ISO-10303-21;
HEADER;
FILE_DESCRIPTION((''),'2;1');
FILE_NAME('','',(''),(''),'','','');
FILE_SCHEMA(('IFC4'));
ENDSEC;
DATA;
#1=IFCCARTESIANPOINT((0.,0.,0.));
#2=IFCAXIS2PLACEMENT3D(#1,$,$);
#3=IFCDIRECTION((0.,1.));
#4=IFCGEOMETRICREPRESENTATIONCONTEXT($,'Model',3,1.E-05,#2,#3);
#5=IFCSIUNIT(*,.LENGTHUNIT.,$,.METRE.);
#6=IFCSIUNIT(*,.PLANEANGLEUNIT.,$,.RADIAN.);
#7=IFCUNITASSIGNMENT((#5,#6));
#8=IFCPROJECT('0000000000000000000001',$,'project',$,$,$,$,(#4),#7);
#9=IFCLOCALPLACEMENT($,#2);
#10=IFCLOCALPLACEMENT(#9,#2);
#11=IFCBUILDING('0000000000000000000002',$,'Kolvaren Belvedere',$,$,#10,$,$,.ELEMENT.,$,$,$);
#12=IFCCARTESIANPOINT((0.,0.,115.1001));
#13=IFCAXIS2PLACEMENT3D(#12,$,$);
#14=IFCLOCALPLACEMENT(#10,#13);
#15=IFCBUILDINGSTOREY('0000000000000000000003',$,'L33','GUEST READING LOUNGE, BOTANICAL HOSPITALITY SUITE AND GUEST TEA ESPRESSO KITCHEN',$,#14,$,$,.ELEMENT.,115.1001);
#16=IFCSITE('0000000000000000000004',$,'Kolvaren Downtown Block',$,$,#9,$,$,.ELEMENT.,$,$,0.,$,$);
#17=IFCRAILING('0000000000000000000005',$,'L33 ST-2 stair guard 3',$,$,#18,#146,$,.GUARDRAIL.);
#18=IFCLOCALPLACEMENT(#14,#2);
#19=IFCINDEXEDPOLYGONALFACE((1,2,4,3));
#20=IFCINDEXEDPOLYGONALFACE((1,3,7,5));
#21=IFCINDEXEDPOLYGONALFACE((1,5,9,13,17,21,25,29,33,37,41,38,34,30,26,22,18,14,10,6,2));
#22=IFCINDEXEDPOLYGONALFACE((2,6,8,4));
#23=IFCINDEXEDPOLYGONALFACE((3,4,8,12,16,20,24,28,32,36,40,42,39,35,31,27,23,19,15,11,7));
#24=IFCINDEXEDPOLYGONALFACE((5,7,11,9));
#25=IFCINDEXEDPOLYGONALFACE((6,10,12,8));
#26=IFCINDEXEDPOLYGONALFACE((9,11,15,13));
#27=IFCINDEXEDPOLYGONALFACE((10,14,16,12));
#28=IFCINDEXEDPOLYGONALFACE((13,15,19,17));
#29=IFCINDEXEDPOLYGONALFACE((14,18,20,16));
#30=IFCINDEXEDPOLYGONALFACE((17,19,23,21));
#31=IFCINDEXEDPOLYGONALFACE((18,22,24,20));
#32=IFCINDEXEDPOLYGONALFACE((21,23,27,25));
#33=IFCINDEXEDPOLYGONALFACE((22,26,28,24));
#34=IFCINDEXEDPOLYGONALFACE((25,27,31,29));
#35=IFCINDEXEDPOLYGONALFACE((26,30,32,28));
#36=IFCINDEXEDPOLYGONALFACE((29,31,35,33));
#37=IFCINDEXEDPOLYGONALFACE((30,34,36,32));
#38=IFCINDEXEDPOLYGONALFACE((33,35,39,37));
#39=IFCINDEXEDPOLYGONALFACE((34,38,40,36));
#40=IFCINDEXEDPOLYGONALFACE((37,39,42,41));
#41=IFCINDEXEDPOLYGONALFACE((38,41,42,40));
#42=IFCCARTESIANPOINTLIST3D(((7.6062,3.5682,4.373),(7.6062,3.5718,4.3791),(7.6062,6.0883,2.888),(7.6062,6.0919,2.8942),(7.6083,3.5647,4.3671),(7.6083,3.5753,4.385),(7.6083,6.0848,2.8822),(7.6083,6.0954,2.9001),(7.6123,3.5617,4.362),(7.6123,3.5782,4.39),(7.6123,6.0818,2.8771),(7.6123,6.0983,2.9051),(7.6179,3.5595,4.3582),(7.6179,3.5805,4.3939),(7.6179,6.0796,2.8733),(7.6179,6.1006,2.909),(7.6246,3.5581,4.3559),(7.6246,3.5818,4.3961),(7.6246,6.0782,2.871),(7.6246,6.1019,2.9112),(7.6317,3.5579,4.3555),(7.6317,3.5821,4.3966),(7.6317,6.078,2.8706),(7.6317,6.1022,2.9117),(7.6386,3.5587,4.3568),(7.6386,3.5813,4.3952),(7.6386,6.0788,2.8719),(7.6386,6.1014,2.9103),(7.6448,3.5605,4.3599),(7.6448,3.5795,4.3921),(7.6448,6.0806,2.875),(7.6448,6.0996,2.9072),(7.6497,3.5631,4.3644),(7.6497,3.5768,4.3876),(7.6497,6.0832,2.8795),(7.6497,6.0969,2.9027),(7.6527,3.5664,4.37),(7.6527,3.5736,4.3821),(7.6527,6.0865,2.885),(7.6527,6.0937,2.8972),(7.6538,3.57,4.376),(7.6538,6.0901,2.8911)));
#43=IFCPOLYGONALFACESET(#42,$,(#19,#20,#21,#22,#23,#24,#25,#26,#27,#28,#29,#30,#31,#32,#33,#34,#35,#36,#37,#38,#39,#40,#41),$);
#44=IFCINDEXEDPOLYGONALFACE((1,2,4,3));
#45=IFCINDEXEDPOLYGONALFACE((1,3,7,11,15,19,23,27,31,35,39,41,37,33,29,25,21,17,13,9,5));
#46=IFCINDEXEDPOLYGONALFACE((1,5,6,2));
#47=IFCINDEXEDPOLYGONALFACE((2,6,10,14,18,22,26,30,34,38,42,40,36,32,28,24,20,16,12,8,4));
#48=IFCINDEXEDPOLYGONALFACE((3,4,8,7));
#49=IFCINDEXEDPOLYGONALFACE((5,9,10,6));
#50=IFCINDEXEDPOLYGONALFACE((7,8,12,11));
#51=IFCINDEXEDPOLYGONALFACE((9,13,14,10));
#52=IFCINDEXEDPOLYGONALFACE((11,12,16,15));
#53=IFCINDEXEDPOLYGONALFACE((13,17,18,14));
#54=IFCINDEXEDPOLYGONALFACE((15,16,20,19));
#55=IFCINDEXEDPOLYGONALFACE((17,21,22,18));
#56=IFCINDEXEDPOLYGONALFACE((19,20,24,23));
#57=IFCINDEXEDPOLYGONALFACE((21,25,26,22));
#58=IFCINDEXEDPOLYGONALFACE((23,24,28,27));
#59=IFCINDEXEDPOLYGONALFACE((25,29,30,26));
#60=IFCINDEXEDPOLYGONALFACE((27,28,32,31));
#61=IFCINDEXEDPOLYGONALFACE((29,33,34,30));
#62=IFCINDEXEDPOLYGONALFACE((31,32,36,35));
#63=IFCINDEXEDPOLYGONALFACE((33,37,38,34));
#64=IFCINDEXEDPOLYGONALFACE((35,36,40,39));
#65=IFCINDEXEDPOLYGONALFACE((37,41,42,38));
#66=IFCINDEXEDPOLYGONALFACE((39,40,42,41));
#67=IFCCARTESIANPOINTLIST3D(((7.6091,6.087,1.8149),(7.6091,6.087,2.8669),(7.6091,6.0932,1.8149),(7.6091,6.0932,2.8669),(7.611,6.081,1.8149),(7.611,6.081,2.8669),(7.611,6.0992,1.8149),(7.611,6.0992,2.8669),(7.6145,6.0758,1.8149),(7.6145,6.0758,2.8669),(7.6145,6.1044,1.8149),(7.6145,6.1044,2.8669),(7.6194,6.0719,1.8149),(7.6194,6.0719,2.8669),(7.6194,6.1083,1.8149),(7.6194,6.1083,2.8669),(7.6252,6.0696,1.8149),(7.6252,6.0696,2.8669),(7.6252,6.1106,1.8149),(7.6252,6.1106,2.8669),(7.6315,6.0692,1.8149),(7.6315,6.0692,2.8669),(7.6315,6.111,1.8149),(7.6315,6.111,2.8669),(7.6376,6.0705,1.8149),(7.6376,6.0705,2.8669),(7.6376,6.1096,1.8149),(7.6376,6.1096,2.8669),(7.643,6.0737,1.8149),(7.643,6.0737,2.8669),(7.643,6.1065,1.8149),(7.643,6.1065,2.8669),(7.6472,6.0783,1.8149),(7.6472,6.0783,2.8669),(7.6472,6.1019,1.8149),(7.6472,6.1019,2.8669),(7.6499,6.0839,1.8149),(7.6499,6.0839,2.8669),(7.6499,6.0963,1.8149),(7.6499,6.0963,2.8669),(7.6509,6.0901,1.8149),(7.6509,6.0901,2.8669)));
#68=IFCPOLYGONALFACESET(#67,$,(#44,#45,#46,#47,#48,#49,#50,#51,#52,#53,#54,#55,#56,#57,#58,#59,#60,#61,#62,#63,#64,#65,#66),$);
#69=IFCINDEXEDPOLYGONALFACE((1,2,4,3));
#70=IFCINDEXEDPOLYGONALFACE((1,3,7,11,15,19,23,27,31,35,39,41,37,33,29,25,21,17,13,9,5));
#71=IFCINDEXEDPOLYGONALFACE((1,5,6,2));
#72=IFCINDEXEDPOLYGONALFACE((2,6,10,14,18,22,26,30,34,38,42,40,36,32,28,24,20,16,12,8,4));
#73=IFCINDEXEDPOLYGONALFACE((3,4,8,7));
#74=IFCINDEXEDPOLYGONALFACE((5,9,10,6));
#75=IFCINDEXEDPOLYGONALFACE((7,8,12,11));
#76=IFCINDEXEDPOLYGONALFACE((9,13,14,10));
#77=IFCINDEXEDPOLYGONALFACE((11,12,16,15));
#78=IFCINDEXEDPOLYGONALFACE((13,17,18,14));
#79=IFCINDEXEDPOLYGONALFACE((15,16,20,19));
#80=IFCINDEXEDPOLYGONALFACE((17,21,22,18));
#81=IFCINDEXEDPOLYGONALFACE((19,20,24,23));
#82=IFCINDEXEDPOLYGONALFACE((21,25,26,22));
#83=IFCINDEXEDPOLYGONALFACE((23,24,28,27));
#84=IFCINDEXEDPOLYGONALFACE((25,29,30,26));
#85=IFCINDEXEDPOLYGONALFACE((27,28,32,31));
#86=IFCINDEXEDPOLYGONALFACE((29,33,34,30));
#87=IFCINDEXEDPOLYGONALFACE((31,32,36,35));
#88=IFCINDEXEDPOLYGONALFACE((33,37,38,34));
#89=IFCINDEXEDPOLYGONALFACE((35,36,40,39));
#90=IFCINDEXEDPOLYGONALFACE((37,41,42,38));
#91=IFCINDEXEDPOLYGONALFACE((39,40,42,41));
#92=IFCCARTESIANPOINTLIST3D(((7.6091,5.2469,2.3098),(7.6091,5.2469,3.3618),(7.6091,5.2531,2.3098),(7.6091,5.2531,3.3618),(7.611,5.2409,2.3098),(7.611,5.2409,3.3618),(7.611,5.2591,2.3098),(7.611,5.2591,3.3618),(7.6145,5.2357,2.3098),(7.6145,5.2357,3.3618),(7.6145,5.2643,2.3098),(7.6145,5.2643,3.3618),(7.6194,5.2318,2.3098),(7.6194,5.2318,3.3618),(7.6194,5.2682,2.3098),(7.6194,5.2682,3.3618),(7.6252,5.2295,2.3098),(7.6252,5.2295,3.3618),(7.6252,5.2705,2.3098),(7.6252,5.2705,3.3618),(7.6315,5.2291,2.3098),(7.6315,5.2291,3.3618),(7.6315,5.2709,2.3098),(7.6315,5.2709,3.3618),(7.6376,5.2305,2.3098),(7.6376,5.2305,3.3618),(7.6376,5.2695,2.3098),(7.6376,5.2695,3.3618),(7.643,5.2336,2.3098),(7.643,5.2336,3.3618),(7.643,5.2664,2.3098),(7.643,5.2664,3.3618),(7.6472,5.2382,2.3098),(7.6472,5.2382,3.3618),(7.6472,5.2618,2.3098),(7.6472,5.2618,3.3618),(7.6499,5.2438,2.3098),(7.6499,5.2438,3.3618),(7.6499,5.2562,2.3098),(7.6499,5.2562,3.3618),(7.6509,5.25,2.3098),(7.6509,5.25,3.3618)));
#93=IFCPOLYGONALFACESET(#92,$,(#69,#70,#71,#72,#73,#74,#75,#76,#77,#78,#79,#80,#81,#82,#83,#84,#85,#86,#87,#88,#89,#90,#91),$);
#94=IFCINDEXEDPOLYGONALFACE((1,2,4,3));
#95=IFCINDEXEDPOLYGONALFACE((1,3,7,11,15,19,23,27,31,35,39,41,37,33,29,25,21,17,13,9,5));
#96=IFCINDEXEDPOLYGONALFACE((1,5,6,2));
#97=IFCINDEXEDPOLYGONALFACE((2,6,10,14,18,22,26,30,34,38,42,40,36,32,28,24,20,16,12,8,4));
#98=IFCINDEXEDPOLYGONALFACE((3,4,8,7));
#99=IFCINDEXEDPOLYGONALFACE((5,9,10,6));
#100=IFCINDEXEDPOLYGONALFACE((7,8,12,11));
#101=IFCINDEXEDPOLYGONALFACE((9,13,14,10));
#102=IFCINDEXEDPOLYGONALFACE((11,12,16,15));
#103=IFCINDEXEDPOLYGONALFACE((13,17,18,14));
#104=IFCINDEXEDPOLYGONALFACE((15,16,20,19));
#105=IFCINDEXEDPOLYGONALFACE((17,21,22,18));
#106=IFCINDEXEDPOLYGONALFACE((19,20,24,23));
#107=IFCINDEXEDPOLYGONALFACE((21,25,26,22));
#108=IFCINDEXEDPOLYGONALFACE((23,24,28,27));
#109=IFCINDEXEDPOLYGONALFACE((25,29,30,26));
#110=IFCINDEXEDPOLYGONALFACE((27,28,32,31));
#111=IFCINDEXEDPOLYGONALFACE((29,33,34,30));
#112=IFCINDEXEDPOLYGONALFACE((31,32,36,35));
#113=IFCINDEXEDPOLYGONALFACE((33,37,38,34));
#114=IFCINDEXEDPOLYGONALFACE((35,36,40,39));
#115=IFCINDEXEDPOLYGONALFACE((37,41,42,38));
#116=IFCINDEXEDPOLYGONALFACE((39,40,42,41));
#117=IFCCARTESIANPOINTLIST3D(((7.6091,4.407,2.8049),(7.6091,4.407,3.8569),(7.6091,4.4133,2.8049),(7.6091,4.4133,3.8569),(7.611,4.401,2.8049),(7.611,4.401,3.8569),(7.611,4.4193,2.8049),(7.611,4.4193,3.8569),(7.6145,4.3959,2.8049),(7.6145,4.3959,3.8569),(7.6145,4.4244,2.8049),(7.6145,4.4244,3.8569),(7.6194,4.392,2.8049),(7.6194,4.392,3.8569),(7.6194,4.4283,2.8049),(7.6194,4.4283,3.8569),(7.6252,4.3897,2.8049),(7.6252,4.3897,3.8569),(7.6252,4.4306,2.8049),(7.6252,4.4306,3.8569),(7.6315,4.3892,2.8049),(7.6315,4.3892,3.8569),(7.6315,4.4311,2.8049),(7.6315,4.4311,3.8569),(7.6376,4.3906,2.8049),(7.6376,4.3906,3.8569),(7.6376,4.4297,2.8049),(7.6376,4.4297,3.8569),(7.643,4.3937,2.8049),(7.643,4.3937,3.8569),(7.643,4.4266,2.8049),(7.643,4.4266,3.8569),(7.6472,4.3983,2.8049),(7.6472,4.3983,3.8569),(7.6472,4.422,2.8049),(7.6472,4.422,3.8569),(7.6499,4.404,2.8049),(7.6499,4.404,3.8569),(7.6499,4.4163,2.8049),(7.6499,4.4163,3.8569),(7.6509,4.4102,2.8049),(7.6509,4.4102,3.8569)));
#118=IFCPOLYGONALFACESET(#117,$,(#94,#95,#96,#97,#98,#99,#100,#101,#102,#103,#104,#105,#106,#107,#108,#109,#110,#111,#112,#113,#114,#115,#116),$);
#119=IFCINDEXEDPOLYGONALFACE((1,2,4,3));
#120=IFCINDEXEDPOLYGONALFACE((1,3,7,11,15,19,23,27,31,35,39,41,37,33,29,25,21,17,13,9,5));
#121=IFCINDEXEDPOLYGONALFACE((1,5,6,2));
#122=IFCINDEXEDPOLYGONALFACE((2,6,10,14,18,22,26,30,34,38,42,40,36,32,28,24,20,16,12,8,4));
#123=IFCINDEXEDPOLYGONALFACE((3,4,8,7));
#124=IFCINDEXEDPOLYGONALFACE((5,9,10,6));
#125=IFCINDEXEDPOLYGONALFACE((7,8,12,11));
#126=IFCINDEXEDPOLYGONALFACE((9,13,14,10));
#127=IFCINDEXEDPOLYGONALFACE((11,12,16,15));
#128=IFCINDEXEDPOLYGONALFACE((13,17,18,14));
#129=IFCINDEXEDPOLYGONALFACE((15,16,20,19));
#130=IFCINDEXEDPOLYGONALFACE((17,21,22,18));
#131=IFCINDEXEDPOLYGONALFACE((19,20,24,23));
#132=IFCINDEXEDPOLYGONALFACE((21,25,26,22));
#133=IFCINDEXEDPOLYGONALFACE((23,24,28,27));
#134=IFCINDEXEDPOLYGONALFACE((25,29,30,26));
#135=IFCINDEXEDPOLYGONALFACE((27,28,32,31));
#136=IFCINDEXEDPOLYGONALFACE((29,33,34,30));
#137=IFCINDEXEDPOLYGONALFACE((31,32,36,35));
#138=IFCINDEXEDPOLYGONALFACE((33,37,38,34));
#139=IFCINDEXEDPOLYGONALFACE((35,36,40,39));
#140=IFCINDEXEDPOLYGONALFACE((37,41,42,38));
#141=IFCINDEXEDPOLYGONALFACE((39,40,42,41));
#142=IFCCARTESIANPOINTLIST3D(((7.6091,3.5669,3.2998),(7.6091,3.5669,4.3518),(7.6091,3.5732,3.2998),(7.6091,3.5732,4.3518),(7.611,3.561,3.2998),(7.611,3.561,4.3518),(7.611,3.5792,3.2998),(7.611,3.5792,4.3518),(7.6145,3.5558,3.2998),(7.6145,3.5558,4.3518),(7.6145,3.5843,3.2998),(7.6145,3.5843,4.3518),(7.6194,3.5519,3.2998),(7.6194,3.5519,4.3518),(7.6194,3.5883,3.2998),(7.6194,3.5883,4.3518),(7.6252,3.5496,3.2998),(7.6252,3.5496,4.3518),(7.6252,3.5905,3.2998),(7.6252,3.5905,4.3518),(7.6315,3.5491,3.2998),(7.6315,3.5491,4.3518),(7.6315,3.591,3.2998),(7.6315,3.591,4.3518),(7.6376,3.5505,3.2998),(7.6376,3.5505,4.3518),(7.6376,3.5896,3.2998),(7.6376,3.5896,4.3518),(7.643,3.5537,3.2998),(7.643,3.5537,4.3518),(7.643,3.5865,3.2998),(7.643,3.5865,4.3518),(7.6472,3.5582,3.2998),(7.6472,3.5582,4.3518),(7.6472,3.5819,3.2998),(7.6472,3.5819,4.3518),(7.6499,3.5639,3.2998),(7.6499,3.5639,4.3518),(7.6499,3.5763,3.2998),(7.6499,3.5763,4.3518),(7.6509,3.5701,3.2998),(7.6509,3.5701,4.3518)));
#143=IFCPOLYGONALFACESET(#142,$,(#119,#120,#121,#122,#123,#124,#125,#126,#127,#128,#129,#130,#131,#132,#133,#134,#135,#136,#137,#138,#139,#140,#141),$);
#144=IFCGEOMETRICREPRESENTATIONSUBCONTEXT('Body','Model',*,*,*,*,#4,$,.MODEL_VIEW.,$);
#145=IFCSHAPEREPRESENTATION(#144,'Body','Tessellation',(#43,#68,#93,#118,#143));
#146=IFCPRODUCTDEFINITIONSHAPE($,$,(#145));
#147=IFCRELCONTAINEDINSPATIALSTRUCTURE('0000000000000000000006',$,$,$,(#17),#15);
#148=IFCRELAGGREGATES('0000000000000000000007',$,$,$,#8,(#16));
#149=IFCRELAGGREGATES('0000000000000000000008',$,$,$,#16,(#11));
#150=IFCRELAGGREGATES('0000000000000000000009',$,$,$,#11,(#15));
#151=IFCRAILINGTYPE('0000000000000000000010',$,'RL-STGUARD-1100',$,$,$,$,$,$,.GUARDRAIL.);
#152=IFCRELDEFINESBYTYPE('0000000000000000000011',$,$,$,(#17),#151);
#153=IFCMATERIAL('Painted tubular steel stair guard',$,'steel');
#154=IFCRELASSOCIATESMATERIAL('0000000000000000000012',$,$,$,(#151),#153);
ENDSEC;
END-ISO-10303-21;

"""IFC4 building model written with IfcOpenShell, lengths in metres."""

from ifc_helpers import new_model, si_unit, direction, frame, origin, origin_2d, place, context, subcontext, project, spatial, circle, extrude, material, type_object, element, save


model = new_model("IFC4")

# Units and contexts
model_context = context("Model", 3, precision=1e-05, world=origin(), true_north=direction((0.0, 1.0)))
body_context = subcontext(model_context, "Body", "Model", "MODEL_VIEW")
ifc_project = project(units=[si_unit("LENGTHUNIT", "METRE"), si_unit("PLANEANGLEUNIT", "RADIAN")], contexts=[model_context])

# Site, building, storey
site_placement = place(None, origin())
site = spatial("IfcSite", under=ifc_project, at=site_placement, Name="Kolvaren Downtown Block", CompositionType="ELEMENT", RefElevation=0.0)
building_placement = place(site_placement, origin())
building = spatial("IfcBuilding", under=site, at=building_placement, Name="Kolvaren Belvedere", CompositionType="ELEMENT")
storey_placement = place(building_placement, frame((0.0, 0.0, 115.1001)))
storey = spatial("IfcBuildingStorey", under=building, at=storey_placement, Name="L33", Description="GUEST READING LOUNGE, BOTANICAL HOSPITALITY SUITE AND GUEST TEA ESPRESSO KITCHEN", CompositionType="ELEMENT", Elevation=115.1001)

# Railing
ifc_material_1 = material(Name="Painted tubular steel stair guard", Category="steel")
railing_type_1 = type_object("IfcRailingType", Name="RL-STGUARD-1100", PredefinedType="GUARDRAIL", material=ifc_material_1)
railing_1_placement = place(storey_placement, frame((7.6299, 6.0901, 1.8149)))
element("IfcRailing", 1, at=railing_1_placement, inside=storey, type_object=railing_type_1, Name="L33 ST-2 stair guard 3", PredefinedType="GUARDRAIL", context=body_context, shape_type="SweptSolid", body=[
    extrude(circle(Radius=0.0239, at=origin_2d()), frame((0.0, 0.0, 1.0762), z_axis=(0.0, -0.861561, 0.507655), x_axis=(1.0, 0.0, 0.0)), (0.0, 0.0, 1.0), 2.925),
    extrude(circle(Radius=0.021, at=origin_2d()), origin(), (0.0, 0.0, 1.0), 1.052),
    extrude(circle(Radius=0.021, at=origin_2d()), frame((0.0, -0.8401, 0.4949)), (0.0, 0.0, 1.0), 1.052),
    extrude(circle(Radius=0.021, at=origin_2d()), frame((0.0, -1.6799, 0.99)), (0.0, 0.0, 1.0), 1.052),
    extrude(circle(Radius=0.021, at=origin_2d()), frame((0.0, -2.52, 1.4849)), (0.0, 0.0, 1.0), 1.052),
])

save(model, "model.ifc")
